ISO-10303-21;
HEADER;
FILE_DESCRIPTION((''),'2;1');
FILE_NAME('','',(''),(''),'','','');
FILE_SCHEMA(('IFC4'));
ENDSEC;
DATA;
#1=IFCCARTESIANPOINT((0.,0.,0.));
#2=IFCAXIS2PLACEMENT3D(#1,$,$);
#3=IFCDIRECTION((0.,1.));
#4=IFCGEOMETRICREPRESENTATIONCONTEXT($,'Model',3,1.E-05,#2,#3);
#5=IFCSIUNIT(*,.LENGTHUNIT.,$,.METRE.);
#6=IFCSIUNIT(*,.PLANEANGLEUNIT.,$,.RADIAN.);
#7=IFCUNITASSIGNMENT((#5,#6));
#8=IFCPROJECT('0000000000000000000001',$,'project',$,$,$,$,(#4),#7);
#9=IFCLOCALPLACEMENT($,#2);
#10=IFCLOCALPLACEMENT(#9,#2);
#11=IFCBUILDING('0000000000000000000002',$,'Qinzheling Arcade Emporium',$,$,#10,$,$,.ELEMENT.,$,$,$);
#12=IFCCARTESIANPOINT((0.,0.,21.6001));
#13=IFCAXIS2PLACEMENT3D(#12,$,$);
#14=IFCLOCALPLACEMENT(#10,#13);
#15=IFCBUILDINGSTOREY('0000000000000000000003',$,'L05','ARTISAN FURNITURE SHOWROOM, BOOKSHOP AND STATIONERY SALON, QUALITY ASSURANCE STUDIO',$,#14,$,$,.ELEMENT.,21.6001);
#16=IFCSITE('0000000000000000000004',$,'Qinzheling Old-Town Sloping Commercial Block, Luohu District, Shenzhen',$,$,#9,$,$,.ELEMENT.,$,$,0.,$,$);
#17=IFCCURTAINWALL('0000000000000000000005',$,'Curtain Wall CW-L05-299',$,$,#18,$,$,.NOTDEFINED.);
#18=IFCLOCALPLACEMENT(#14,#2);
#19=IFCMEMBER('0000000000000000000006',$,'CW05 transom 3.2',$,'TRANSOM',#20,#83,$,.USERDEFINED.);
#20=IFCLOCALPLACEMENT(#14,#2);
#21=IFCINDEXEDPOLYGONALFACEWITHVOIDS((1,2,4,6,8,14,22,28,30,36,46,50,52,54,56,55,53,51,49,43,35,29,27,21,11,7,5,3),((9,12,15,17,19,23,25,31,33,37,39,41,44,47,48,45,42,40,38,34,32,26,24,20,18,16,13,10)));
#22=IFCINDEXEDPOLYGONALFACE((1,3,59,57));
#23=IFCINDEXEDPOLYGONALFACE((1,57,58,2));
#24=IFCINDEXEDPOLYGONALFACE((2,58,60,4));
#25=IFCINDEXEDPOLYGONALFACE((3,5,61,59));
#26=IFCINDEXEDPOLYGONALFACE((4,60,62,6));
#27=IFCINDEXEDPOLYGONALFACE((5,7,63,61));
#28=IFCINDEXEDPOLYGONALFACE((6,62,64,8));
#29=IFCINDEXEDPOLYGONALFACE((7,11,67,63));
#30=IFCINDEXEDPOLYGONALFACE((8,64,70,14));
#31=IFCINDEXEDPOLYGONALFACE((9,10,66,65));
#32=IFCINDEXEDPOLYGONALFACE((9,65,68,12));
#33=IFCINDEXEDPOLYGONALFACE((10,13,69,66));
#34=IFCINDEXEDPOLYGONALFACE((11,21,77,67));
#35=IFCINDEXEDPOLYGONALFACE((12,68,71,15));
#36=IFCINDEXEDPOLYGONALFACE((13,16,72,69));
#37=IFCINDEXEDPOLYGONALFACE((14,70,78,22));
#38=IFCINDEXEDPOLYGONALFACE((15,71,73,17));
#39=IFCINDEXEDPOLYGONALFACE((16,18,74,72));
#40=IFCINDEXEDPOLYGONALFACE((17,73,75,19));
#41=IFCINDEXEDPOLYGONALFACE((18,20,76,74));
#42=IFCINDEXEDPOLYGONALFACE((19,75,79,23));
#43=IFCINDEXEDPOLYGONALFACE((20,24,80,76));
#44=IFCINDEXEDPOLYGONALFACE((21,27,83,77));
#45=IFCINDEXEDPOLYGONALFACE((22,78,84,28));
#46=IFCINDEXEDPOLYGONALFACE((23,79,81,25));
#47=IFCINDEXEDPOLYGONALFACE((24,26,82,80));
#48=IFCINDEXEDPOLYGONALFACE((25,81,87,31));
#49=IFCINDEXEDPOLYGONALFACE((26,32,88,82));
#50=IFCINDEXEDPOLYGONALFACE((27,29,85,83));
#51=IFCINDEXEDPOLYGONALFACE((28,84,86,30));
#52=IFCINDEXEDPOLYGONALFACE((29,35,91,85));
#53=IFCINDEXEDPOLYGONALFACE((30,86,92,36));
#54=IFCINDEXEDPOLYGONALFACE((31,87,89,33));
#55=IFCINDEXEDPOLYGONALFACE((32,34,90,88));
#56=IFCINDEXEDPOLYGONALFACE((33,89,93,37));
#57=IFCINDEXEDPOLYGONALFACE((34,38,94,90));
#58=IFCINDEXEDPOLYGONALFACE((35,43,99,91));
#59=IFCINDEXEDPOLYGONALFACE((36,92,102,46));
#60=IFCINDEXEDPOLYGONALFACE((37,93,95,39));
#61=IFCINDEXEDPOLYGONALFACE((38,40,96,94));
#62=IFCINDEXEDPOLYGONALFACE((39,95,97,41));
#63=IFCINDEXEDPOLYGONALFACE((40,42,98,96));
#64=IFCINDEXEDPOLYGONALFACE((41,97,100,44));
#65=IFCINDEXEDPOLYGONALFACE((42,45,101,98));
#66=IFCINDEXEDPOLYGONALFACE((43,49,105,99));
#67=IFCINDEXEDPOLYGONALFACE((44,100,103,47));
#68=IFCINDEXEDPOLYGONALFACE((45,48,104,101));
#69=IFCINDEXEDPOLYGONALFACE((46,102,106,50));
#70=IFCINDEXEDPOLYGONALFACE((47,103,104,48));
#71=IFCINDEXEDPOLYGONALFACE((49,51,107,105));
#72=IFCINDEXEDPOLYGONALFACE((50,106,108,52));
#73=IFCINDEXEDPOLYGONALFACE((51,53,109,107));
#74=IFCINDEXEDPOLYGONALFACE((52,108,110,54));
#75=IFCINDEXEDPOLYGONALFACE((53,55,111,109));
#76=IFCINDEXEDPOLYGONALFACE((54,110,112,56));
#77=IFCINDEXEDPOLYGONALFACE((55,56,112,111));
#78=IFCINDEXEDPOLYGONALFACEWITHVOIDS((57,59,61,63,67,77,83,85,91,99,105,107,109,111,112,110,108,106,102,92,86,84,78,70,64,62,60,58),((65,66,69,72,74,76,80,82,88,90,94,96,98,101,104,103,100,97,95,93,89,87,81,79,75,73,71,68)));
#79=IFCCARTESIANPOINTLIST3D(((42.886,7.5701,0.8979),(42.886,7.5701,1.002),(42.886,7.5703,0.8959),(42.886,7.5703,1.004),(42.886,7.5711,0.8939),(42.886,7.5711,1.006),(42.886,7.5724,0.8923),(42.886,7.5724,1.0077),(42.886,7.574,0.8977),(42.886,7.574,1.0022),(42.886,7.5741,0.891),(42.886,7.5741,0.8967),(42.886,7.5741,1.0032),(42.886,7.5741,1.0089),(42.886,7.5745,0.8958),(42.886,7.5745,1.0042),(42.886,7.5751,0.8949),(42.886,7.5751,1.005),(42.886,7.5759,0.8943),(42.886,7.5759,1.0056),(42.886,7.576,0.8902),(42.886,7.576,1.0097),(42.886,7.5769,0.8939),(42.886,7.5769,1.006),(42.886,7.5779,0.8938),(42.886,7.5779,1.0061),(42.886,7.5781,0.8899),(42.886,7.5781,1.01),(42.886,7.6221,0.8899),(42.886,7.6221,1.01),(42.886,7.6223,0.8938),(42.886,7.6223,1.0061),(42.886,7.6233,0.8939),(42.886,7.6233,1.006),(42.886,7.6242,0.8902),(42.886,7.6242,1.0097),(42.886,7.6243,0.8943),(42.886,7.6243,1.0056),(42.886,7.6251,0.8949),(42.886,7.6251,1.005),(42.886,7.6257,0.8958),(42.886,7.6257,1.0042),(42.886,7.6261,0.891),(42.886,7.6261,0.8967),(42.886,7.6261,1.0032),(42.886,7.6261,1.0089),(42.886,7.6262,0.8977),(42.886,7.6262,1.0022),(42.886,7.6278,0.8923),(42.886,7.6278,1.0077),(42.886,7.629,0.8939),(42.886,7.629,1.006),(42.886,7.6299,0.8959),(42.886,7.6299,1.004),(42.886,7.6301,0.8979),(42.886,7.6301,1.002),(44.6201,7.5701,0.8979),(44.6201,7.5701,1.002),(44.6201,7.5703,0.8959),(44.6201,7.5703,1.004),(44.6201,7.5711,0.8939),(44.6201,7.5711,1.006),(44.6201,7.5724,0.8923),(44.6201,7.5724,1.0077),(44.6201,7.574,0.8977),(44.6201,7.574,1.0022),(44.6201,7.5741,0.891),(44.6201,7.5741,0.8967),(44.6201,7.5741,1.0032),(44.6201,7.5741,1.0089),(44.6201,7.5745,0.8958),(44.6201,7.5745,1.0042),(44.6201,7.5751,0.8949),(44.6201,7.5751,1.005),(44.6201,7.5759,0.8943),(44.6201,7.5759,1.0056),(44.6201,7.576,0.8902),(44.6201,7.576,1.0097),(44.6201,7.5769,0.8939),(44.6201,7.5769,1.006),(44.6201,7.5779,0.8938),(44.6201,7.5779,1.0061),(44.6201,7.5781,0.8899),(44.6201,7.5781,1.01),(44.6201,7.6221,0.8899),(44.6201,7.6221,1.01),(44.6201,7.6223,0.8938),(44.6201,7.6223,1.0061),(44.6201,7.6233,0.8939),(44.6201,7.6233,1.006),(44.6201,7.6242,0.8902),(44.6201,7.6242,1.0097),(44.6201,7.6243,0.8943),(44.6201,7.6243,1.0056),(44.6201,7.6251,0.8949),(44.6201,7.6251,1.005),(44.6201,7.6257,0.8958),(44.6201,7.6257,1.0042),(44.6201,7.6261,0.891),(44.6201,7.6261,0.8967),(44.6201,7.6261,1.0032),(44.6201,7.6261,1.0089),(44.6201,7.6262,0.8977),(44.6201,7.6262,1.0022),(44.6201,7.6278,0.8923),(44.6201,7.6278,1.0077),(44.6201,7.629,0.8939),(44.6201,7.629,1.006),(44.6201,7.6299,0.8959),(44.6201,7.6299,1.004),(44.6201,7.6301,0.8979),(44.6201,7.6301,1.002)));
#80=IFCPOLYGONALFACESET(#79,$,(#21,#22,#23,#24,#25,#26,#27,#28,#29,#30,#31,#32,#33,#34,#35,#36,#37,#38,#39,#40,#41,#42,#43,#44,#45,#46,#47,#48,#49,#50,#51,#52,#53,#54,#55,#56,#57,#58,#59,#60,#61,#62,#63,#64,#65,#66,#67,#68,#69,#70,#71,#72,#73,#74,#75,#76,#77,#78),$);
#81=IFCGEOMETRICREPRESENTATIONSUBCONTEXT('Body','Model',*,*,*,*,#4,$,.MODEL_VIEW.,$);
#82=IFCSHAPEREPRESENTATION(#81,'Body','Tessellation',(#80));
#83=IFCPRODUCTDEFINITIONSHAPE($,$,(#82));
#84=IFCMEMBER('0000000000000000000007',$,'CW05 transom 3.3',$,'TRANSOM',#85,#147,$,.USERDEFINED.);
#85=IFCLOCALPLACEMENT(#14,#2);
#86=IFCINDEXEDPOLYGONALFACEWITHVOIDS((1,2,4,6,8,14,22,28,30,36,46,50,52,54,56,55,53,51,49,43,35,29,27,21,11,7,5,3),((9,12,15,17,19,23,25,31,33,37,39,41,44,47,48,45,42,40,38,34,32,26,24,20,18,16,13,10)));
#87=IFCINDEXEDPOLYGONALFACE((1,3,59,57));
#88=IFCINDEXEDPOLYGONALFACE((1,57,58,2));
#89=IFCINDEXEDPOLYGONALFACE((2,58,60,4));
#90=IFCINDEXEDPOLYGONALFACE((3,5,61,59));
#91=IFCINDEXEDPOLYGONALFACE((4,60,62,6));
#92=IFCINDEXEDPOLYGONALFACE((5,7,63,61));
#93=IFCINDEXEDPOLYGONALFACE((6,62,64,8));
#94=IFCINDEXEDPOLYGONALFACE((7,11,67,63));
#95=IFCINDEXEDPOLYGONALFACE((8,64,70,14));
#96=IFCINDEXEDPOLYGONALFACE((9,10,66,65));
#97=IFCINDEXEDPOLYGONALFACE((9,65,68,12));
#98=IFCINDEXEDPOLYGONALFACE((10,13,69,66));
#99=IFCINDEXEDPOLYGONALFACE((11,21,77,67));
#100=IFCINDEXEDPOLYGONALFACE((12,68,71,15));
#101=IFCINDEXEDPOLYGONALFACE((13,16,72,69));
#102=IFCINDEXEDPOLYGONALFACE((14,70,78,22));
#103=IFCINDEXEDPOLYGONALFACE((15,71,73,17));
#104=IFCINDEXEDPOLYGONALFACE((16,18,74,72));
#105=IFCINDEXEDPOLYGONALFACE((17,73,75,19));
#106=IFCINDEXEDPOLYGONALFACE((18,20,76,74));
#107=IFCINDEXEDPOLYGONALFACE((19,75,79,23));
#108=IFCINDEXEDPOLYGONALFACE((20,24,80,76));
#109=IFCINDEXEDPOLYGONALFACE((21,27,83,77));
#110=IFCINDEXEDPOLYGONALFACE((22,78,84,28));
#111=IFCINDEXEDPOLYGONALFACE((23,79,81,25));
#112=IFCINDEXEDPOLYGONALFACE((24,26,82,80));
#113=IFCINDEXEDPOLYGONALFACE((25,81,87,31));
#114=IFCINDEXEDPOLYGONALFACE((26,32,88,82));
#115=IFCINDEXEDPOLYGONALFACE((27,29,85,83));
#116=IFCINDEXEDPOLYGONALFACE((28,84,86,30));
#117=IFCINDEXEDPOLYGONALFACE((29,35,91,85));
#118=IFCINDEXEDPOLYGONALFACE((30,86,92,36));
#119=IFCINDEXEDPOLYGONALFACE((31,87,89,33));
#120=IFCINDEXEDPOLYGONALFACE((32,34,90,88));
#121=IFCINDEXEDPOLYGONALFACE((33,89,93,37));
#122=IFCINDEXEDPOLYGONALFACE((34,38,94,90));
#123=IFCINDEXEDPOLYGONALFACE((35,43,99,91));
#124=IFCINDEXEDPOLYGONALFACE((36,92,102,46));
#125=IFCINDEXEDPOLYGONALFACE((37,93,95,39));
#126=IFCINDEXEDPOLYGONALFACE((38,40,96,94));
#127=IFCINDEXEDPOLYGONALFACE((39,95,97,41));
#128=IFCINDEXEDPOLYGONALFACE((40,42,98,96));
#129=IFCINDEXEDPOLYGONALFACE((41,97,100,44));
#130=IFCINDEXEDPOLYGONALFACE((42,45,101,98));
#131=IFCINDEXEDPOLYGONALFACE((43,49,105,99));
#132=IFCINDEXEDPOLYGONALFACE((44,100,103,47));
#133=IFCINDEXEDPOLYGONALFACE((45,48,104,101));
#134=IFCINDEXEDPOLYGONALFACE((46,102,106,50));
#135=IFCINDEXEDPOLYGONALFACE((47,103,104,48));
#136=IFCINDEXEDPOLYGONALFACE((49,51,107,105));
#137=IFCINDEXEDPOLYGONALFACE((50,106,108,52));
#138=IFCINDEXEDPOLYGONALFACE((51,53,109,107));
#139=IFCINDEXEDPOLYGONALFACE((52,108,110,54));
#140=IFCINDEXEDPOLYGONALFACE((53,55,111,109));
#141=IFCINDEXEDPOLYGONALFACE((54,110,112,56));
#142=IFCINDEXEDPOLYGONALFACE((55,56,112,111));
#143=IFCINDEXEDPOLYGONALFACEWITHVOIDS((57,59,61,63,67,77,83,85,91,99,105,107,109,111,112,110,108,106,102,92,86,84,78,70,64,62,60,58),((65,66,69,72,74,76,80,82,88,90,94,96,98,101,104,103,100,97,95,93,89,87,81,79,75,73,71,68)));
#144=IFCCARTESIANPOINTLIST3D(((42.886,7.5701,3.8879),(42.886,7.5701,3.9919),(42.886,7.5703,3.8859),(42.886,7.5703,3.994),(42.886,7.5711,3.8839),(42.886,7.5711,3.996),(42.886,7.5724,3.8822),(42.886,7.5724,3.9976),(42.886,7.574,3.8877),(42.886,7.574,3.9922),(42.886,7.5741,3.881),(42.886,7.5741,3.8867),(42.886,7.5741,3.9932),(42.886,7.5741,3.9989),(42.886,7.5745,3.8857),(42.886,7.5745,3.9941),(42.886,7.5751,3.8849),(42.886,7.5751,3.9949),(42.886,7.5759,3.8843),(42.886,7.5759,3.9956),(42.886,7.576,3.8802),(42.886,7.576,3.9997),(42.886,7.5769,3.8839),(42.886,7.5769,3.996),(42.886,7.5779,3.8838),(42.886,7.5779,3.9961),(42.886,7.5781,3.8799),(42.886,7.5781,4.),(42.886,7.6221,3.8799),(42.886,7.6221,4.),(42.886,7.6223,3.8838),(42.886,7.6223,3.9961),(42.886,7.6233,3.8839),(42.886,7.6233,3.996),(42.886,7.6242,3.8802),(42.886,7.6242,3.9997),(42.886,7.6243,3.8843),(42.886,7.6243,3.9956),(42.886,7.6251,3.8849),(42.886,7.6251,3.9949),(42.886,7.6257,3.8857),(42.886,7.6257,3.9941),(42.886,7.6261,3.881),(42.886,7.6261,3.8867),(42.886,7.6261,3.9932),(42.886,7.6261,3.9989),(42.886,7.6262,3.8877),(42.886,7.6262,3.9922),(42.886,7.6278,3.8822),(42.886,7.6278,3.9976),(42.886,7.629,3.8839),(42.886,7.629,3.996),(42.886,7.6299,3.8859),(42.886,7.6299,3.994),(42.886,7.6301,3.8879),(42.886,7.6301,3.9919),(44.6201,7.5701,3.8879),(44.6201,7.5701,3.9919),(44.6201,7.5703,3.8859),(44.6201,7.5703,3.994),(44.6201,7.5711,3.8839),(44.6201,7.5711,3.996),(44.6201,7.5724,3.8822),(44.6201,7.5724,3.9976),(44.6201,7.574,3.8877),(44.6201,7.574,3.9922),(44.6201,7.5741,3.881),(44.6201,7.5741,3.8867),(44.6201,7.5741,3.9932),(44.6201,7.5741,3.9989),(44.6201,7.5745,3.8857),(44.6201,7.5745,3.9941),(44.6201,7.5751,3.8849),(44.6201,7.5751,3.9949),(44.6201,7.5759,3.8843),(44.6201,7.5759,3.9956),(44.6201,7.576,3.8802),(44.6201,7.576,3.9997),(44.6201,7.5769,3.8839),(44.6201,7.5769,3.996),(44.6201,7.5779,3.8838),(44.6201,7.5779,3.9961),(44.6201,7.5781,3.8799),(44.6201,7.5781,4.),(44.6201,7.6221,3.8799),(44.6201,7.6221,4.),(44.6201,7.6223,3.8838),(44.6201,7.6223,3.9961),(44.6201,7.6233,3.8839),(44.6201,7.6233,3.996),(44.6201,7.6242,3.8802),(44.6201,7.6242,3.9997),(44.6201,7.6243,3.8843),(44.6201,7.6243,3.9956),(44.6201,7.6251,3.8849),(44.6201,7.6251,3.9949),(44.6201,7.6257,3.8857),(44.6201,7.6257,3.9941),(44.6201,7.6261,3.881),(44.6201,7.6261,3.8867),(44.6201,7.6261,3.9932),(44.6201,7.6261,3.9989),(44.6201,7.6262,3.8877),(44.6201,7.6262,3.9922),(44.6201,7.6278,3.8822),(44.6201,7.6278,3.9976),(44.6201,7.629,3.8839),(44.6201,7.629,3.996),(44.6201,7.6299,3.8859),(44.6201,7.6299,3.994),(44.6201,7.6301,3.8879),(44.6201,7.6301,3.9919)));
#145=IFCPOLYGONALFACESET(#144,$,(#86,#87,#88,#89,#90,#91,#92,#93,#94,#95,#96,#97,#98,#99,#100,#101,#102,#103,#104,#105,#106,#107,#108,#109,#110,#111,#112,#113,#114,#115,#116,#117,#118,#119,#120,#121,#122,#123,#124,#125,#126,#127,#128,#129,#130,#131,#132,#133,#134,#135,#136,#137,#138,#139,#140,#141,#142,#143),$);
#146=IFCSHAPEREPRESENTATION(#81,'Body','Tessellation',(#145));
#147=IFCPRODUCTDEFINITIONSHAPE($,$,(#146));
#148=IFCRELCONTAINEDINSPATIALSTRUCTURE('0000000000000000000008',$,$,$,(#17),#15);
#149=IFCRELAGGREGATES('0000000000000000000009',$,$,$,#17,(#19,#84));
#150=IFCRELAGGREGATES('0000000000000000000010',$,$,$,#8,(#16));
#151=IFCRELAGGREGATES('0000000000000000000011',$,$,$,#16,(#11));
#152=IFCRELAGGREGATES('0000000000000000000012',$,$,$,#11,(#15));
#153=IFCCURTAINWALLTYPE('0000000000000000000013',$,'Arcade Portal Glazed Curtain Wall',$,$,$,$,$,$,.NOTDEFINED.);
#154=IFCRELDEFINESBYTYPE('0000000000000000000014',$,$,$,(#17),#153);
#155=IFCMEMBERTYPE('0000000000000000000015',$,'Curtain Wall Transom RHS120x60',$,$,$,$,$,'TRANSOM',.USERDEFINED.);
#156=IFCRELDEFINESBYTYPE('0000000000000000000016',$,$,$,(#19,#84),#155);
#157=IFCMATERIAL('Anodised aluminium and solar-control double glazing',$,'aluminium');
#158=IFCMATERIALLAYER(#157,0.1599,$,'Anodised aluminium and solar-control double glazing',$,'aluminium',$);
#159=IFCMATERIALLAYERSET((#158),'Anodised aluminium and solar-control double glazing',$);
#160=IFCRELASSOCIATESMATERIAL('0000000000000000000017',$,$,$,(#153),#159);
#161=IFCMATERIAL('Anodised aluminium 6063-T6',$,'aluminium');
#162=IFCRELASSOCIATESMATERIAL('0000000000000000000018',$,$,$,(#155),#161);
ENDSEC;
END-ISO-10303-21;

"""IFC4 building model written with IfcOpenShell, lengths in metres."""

from ifc_helpers import new_model, si_unit, direction, frame, origin, origin_2d, place, context, subcontext, project, spatial, hollow_rectangle, extrude, material, layer, layer_set, material_profile, profile_set, type_object, element, aggregate, save


model = new_model("IFC4")

# Units and contexts
model_context = context("Model", 3, precision=1e-05, world=origin(), true_north=direction((0.0, 1.0)))
body_context = subcontext(model_context, "Body", "Model", "MODEL_VIEW")
ifc_project = project(units=[si_unit("LENGTHUNIT", "METRE"), si_unit("PLANEANGLEUNIT", "RADIAN")], contexts=[model_context])

# Site, building, storey
site_placement = place(None, origin())
site = spatial("IfcSite", under=ifc_project, at=site_placement, Name="Qinzheling Old-Town Sloping Commercial Block, Luohu District, Shenzhen", CompositionType="ELEMENT", RefElevation=0.0)
building_placement = place(site_placement, origin())
building = spatial("IfcBuilding", under=site, at=building_placement, Name="Qinzheling Arcade Emporium", CompositionType="ELEMENT")
storey_placement = place(building_placement, frame((0.0, 0.0, 21.6001)))
storey = spatial("IfcBuildingStorey", under=building, at=storey_placement, Name="L05", Description="ARTISAN FURNITURE SHOWROOM, BOOKSHOP AND STATIONERY SALON, QUALITY ASSURANCE STUDIO", CompositionType="ELEMENT", Elevation=21.6001)

# Shared definitions
ifc_material_1 = material(Name="Anodised aluminium and solar-control double glazing", Category="aluminium")
ifc_layer_1 = layer(ifc_material_1, 0.1599, Name="Anodised aluminium and solar-control double glazing", Category="aluminium")
ifc_layer_set_1 = layer_set([ifc_layer_1], Name="Anodised aluminium and solar-control double glazing")
curtain_wall_type = type_object("IfcCurtainWallType", Name="Arcade Portal Glazed Curtain Wall", PredefinedType="NOTDEFINED", material=ifc_layer_set_1)
ifc_material_2 = material(Name="Anodised aluminium 6063-T6", Category="aluminium")

# Curtain wall, members
curtain_wall_1_placement = place(storey_placement, origin())
curtain_wall_1 = element("IfcCurtainWall", 1, at=curtain_wall_1_placement, inside=storey, type_object=curtain_wall_type, Name="Curtain Wall CW-L05-299", PredefinedType="NOTDEFINED")
ifc_material_profile_1 = material_profile(ifc_material_2, hollow_rectangle(XDim=0.0601, YDim=0.1201, WallThickness=0.0039, InnerFilletRadius=0.0039, OuterFilletRadius=0.0081, at=origin_2d()), Name="RHS 120x60x4", Category="aluminium")
ifc_profile_set_1 = profile_set([ifc_material_profile_1], Name="Anodised aluminium 6063-T6")
member_type_1 = type_object("IfcMemberType", Name="Curtain Wall Transom RHS120x60", ElementType="TRANSOM", PredefinedType="USERDEFINED", material=ifc_profile_set_1)
member_1_placement = place(storey_placement, frame((44.6201, 7.6001, 0.95), z_axis=(-1.0, 0.0, 0.0), x_axis=(0.0, -1.0, 0.0)))
member_1 = element("IfcMember", 2, at=member_1_placement, type_object=member_type_1, Name="CW05 transom 3.2", ObjectType="TRANSOM", PredefinedType="USERDEFINED", context=body_context, shape_type="SweptSolid", body=[
    extrude(hollow_rectangle(XDim=0.0601, YDim=0.1201, WallThickness=0.0039, InnerFilletRadius=0.0039, OuterFilletRadius=0.0081, at=origin_2d()), origin(), (0.0, 0.0, 1.0), 1.7341),
])
member_2_placement = place(storey_placement, frame((44.6201, 7.6001, 3.9399), z_axis=(-1.0, 0.0, 0.0), x_axis=(0.0, -1.0, 0.0)))
member_2 = element("IfcMember", 3, at=member_2_placement, type_object=member_type_1, Name="CW05 transom 3.3", ObjectType="TRANSOM", PredefinedType="USERDEFINED", context=body_context, shape_type="SweptSolid", body=[
    extrude(hollow_rectangle(XDim=0.0601, YDim=0.1201, WallThickness=0.0039, InnerFilletRadius=0.0039, OuterFilletRadius=0.0081, at=origin_2d()), origin(), (0.0, 0.0, 1.0), 1.7341),
])

aggregate(curtain_wall_1, [member_1, member_2])

save(model, "model.ifc")
